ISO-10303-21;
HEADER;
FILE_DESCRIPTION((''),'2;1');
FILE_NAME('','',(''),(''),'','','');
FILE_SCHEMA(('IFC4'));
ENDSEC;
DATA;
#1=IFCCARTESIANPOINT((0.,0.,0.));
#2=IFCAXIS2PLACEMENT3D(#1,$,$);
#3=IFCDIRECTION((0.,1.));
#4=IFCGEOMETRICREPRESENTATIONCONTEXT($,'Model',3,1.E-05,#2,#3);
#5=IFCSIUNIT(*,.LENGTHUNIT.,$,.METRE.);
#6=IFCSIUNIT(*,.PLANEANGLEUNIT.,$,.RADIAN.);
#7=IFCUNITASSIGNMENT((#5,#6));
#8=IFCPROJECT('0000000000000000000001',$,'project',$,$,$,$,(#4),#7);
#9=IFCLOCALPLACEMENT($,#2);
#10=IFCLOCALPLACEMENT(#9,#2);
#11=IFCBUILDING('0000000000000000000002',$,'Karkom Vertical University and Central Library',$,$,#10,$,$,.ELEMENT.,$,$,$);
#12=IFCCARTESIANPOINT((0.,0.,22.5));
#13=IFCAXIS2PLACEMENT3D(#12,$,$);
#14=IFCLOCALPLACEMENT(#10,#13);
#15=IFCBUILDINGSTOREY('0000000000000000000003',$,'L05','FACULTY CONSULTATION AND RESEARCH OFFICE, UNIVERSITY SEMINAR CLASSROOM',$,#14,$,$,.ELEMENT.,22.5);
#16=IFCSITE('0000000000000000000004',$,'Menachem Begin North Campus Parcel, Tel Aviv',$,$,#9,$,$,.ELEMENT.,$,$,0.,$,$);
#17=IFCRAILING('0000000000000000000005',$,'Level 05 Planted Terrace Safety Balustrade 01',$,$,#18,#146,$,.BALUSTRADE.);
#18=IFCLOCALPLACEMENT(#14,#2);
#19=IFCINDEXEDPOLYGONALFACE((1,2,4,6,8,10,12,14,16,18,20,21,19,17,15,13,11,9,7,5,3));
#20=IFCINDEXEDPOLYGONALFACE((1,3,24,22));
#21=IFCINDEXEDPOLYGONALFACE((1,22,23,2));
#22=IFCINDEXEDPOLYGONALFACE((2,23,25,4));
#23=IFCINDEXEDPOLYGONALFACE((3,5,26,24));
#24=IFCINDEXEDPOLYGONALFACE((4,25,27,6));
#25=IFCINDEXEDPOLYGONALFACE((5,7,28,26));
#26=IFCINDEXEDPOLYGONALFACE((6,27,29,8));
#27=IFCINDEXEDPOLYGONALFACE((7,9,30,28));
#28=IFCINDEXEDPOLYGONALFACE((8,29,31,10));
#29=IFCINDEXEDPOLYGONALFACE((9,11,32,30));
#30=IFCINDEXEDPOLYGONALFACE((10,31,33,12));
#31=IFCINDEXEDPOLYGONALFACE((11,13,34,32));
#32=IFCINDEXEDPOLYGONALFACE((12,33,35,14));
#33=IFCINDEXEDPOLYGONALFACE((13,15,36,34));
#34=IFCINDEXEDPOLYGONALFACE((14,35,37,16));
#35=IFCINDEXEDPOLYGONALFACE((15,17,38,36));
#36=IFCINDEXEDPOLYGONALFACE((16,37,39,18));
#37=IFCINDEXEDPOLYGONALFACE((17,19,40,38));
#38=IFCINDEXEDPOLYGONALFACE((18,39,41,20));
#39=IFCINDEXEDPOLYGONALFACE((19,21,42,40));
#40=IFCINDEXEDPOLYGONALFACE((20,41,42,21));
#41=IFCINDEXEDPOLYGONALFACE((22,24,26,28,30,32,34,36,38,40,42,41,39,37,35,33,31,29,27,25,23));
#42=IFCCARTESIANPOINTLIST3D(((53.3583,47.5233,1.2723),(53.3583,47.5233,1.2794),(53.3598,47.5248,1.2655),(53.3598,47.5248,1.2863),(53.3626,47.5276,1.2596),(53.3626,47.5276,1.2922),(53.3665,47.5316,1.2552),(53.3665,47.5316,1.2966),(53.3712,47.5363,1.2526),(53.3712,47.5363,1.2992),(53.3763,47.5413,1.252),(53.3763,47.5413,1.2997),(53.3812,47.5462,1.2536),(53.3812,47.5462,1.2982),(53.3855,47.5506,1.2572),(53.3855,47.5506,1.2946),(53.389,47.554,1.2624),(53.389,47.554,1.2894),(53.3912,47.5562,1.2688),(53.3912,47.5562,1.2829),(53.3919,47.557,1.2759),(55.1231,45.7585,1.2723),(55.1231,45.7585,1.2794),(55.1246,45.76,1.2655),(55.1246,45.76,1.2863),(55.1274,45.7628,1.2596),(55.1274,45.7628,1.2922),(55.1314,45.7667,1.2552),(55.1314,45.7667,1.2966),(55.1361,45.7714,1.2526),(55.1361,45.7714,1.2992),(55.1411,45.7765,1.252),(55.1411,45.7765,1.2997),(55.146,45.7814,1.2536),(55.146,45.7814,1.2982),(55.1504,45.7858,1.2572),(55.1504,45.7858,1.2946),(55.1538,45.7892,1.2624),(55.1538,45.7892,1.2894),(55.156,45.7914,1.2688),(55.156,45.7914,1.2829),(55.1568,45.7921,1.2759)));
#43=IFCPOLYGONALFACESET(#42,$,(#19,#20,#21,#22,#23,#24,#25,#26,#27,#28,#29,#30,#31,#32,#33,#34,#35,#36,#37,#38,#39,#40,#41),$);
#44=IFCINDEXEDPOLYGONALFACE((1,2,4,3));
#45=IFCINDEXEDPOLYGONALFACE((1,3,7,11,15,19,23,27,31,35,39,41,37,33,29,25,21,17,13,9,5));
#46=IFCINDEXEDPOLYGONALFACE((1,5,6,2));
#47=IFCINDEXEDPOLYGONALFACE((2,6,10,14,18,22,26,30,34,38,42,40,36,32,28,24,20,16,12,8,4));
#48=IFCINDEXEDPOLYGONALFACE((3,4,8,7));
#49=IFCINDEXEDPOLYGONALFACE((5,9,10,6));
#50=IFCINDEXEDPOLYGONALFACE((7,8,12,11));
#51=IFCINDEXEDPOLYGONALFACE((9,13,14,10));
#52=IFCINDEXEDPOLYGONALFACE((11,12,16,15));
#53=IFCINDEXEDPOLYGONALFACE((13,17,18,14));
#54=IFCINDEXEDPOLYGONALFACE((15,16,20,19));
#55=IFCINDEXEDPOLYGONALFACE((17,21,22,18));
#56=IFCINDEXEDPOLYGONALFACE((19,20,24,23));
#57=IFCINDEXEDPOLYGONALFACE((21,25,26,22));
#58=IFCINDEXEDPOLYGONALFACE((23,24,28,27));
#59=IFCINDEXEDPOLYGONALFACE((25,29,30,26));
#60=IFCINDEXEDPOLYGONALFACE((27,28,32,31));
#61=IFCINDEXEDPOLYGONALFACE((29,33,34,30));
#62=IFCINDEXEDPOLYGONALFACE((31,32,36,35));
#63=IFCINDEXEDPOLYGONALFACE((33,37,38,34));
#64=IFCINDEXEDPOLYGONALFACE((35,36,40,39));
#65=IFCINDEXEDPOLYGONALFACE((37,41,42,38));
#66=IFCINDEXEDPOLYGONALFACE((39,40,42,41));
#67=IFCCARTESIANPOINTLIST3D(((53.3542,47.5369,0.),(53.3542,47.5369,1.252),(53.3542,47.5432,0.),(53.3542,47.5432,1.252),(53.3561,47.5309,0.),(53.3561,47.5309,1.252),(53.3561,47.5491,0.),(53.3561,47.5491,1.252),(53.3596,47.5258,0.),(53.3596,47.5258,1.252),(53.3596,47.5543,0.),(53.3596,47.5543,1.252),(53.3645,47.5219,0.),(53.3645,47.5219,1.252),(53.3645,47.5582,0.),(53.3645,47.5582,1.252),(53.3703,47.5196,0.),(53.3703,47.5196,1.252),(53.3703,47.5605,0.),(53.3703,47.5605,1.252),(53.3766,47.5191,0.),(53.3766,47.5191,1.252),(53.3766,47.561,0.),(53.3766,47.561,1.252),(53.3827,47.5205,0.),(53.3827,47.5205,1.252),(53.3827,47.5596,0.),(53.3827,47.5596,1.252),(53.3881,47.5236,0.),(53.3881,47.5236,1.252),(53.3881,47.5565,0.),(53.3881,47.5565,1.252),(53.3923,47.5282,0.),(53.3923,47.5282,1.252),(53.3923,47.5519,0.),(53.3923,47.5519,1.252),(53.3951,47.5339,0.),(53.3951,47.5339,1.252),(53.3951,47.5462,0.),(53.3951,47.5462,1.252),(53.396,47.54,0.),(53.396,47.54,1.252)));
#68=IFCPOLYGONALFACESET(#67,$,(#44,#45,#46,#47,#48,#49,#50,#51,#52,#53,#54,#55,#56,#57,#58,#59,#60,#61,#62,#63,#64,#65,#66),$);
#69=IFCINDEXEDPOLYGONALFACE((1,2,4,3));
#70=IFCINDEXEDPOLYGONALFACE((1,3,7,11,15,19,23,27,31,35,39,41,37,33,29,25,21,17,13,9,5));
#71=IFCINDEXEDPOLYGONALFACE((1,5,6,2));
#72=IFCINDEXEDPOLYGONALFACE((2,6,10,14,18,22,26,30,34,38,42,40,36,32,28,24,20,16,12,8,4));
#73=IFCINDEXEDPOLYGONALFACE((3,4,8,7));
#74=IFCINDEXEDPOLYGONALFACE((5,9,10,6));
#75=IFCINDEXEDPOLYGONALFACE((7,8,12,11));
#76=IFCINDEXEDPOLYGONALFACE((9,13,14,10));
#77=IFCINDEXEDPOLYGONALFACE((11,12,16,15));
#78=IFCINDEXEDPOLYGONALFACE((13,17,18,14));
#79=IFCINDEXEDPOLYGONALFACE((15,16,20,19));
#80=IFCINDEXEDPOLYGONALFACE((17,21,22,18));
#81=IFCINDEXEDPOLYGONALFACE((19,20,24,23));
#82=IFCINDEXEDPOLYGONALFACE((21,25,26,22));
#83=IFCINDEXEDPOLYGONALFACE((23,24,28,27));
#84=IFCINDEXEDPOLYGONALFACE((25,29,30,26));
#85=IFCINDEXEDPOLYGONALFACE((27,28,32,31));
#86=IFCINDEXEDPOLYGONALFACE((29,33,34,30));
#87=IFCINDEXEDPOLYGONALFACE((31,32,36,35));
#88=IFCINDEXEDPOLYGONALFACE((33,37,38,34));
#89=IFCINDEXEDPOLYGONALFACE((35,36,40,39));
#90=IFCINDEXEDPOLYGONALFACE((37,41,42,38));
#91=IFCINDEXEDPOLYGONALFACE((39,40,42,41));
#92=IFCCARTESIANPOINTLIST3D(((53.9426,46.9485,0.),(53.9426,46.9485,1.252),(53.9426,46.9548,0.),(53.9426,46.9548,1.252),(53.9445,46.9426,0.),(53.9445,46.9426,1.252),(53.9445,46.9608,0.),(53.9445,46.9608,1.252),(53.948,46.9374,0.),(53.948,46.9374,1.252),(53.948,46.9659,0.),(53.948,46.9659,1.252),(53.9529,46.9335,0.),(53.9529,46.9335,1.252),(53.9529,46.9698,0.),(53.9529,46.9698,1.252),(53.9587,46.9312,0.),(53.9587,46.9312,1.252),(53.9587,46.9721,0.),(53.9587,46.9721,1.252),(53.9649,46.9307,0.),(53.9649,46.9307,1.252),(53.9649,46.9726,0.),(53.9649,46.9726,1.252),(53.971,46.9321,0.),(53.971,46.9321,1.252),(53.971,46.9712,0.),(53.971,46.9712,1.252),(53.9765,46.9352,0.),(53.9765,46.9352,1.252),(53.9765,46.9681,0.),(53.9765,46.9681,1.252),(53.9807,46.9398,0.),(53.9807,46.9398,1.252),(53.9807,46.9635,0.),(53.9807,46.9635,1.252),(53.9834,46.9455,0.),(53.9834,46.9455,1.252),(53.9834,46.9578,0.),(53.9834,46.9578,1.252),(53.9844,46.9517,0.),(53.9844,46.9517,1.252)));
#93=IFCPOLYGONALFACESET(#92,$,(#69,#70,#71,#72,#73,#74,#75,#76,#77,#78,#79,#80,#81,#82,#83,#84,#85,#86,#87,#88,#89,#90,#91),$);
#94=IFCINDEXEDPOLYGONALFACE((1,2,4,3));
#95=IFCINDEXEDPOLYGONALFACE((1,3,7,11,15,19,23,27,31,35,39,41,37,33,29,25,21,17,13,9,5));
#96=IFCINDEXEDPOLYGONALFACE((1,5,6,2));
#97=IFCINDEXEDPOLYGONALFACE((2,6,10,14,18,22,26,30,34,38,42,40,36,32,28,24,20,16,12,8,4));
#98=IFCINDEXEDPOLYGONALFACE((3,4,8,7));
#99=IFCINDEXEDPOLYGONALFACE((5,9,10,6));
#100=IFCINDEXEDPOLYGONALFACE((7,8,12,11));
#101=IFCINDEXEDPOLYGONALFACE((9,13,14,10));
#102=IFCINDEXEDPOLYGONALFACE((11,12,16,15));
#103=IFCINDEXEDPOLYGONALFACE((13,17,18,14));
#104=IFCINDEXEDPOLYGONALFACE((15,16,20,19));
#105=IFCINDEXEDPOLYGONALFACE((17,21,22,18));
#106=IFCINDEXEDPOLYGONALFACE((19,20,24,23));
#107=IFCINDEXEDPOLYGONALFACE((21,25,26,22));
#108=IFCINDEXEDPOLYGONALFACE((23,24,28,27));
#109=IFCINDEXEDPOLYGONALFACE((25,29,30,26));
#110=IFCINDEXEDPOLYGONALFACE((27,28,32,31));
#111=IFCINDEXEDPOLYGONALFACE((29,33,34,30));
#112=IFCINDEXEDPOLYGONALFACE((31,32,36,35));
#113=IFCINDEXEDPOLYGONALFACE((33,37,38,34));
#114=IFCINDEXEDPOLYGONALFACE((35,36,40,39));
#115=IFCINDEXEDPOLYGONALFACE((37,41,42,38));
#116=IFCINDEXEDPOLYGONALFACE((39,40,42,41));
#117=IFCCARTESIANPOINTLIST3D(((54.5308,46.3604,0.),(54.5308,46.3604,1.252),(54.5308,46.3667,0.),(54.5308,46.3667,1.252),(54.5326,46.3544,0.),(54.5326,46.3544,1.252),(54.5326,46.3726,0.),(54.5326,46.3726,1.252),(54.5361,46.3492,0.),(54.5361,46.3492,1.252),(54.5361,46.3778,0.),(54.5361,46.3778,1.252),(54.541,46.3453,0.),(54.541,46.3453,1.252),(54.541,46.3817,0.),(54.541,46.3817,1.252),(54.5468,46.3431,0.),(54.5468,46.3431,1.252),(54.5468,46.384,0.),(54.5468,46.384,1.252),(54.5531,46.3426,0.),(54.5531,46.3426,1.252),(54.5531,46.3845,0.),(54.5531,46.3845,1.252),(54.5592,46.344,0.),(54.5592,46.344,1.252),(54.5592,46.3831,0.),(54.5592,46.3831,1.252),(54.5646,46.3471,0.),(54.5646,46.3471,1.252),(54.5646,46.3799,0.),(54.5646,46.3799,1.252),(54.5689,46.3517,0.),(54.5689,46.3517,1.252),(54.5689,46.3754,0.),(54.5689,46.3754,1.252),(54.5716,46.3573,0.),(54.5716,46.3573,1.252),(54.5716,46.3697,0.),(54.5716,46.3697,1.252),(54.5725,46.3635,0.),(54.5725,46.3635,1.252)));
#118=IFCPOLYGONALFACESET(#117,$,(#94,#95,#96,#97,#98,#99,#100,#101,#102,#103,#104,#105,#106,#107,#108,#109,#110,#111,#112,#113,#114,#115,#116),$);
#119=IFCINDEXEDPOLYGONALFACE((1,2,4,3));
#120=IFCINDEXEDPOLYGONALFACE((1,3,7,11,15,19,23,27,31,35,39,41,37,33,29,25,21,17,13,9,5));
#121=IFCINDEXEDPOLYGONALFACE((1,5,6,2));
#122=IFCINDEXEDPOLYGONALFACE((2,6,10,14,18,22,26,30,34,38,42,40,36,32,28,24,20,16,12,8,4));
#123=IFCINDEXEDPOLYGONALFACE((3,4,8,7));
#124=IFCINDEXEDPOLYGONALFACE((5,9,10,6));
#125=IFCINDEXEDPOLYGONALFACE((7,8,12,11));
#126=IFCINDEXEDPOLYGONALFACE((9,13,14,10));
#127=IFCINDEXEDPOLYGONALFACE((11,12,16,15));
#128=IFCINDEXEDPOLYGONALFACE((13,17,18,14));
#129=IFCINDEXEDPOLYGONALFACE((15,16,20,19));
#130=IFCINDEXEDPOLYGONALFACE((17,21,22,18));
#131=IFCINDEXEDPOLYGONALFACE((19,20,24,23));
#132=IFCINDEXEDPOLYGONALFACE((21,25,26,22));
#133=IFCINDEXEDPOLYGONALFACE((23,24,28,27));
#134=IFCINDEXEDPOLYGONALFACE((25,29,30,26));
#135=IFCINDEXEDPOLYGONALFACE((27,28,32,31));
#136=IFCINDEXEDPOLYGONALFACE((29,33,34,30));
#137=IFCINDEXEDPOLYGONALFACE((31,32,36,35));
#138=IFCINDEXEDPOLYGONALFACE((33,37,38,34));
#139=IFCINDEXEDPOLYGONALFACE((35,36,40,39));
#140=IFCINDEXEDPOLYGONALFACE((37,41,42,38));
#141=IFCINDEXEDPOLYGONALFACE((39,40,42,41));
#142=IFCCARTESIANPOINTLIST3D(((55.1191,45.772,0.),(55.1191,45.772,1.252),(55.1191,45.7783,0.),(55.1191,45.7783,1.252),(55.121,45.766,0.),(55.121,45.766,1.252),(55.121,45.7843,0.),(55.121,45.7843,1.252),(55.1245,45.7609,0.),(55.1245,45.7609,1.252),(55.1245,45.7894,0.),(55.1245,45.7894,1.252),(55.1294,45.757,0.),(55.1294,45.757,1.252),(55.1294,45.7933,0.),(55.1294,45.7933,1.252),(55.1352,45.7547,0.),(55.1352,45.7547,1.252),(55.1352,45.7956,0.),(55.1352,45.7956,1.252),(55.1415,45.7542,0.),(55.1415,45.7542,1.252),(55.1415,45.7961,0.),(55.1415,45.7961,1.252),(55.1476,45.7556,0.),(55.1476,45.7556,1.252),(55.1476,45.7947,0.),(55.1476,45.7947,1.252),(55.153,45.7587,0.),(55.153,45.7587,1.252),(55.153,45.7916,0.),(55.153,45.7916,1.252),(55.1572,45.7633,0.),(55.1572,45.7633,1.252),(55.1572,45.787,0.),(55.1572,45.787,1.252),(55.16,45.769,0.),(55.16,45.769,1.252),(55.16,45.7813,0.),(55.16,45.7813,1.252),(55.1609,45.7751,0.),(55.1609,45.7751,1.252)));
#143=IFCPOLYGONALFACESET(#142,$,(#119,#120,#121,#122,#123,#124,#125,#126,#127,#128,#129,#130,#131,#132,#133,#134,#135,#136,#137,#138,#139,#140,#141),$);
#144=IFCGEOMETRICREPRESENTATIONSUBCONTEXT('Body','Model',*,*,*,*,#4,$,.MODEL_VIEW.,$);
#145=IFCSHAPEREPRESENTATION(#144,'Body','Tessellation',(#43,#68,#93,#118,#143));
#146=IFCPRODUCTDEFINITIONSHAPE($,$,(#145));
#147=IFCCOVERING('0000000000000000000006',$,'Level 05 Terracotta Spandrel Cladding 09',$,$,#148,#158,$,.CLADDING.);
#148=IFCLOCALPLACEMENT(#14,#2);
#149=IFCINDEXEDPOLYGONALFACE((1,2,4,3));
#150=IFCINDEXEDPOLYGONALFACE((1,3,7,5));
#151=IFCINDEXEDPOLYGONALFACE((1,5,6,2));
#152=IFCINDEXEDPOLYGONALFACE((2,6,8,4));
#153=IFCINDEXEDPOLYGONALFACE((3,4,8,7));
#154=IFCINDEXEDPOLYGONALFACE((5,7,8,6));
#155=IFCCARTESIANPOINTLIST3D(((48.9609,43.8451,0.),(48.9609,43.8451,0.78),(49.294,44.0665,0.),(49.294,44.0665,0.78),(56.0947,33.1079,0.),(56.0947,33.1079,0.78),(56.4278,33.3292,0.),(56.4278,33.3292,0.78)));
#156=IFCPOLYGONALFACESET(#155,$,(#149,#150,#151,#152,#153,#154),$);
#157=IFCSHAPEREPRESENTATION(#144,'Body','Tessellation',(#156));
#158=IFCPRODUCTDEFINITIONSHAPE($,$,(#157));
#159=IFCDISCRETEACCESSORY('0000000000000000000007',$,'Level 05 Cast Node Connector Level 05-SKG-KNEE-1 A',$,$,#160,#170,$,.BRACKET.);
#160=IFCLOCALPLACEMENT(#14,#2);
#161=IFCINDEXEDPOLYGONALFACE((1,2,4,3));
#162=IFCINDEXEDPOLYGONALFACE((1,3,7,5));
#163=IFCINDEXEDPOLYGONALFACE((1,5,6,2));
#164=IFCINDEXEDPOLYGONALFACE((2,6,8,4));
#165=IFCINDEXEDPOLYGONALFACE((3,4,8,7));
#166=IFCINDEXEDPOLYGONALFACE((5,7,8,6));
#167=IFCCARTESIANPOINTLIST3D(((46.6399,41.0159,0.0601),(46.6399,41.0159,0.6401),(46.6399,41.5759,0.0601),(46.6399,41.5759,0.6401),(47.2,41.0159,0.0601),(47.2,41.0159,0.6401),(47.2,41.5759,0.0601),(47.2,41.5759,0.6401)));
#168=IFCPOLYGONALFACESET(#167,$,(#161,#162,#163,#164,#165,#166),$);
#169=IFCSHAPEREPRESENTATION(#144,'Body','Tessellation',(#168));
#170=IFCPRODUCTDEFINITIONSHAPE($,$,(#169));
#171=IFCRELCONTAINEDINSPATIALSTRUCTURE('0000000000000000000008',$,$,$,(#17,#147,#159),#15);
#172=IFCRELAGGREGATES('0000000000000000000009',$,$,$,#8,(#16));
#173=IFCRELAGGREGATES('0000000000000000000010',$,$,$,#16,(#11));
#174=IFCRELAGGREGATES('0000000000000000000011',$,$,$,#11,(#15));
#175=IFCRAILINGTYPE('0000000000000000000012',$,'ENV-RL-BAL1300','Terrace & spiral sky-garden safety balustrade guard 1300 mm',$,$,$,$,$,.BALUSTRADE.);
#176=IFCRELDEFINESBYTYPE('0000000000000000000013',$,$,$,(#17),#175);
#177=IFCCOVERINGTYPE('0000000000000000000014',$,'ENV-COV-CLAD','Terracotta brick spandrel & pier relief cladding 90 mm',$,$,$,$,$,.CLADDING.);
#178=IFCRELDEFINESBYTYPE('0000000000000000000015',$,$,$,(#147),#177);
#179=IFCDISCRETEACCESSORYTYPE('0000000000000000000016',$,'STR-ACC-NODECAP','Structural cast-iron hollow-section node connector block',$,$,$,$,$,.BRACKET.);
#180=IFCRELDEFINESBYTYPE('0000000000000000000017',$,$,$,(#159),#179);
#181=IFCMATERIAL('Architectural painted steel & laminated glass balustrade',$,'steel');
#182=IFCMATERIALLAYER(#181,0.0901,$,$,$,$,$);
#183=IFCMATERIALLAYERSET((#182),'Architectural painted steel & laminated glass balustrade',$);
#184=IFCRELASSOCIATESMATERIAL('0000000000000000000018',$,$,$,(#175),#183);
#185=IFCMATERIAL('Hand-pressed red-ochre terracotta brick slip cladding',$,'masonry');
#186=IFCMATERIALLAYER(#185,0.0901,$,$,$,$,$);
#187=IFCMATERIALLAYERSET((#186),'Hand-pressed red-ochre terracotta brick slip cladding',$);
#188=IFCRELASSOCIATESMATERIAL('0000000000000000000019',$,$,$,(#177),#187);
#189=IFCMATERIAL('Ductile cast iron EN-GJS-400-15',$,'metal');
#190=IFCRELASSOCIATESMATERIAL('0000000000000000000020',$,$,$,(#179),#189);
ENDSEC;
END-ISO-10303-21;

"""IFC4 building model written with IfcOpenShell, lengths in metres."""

from ifc_helpers import new_model, si_unit, direction, frame, origin, origin_with_axes, origin_2d, place, context, subcontext, project, spatial, rectangle, circle, extrude, source, transform, mapped, material, layer, layer_set, type_object, element, save


model = new_model("IFC4")

# Units and contexts
model_context = context("Model", 3, precision=1e-05, world=origin(), true_north=direction((0.0, 1.0)))
body_context = subcontext(model_context, "Body", "Model", "MODEL_VIEW")
ifc_project = project(units=[si_unit("LENGTHUNIT", "METRE"), si_unit("PLANEANGLEUNIT", "RADIAN")], contexts=[model_context])

# Site, building, storey
site_placement = place(None, origin())
site = spatial("IfcSite", under=ifc_project, at=site_placement, Name="Menachem Begin North Campus Parcel, Tel Aviv", CompositionType="ELEMENT", RefElevation=0.0)
building_placement = place(site_placement, origin())
building = spatial("IfcBuilding", under=site, at=building_placement, Name="Karkom Vertical University and Central Library", CompositionType="ELEMENT")
storey_placement = place(building_placement, frame((0.0, 0.0, 22.5)))
storey = spatial("IfcBuildingStorey", under=building, at=storey_placement, Name="L05", Description="FACULTY CONSULTATION AND RESEARCH OFFICE, UNIVERSITY SEMINAR CLASSROOM", CompositionType="ELEMENT", Elevation=22.5)

# Railing
ifc_material_1 = material(Name="Architectural painted steel & laminated glass balustrade", Category="steel")
ifc_layer_1 = layer(ifc_material_1, 0.0901)
ifc_layer_set_1 = layer_set([ifc_layer_1], Name="Architectural painted steel & laminated glass balustrade")
railing_type = type_object("IfcRailingType", Name="ENV-RL-BAL1300", Description="Terrace & spiral sky-garden safety balustrade guard 1300 mm", PredefinedType="BALUSTRADE", material=ifc_layer_set_1)
railing_1_placement = place(storey_placement, frame((53.375, 47.54, 0.0)))
element("IfcRailing", 1, at=railing_1_placement, inside=storey, type_object=railing_type, Name="Level 05 Planted Terrace Safety Balustrade 01", PredefinedType="BALUSTRADE", context=body_context, shape_type="SweptSolid", body=[
    extrude(circle(Radius=0.0239, at=origin_2d()), frame((0.0, 0.0, 1.2759), z_axis=(0.707107, -0.707107, 0.0), x_axis=(0.707107, 0.707107, 0.0)), (0.0, 0.0, 1.0), 2.4958),
    extrude(circle(Radius=0.021, at=origin_2d()), origin(), (0.0, 0.0, 1.0), 1.252),
    extrude(circle(Radius=0.021, at=origin_2d()), frame((0.5884, -0.5884, 0.0)), (0.0, 0.0, 1.0), 1.252),
    extrude(circle(Radius=0.021, at=origin_2d()), frame((1.1765, -1.1765, 0.0)), (0.0, 0.0, 1.0), 1.252),
    extrude(circle(Radius=0.021, at=origin_2d()), frame((1.7649, -1.7649, 0.0)), (0.0, 0.0, 1.0), 1.252),
])

# Covering
ifc_material_2 = material(Name="Hand-pressed red-ochre terracotta brick slip cladding", Category="masonry")
ifc_layer_2 = layer(ifc_material_2, 0.0901)
ifc_layer_set_2 = layer_set([ifc_layer_2], Name="Hand-pressed red-ochre terracotta brick slip cladding")
covering_type = type_object("IfcCoveringType", Name="ENV-COV-CLAD", Description="Terracotta brick spandrel & pier relief cladding 90 mm", PredefinedType="CLADDING", material=ifc_layer_set_2)
shared_shape_1 = source(origin_with_axes(), body_context, "Body", "SweptSolid", [
    extrude(rectangle(XDim=12.8911, YDim=0.3999, at=origin_2d()), origin(), (0.0, 0.0, 1.0), 0.78),
])
covering_placement = place(storey_placement, frame((52.6943, 38.5872, 0.0), z_axis=(0.0, 0.0, 1.0), x_axis=(-0.553392, 0.832921, 0.0)))
element("IfcCovering", 2, at=covering_placement, inside=storey, type_object=covering_type, Name="Level 05 Terracotta Spandrel Cladding 09", PredefinedType="CLADDING", context=body_context, shape_type="MappedRepresentation", body=[
    mapped(shared_shape_1, transform((0.0, 0.0, 0.0), scale=1.0)),
])

# Discrete accessory
ifc_material_3 = material(Name="Ductile cast iron EN-GJS-400-15", Category="metal")
discrete_accessory_type = type_object("IfcDiscreteAccessoryType", Name="STR-ACC-NODECAP", Description="Structural cast-iron hollow-section node connector block", PredefinedType="BRACKET", material=ifc_material_3)
shared_shape_2 = source(origin_with_axes(), body_context, "Body", "SweptSolid", [
    extrude(rectangle(XDim=0.5601, YDim=0.5601, at=origin_2d()), origin(), (0.0, 0.0, 1.0), 0.5801),
])
discrete_accessory_placement = place(storey_placement, frame((46.9199, 41.2959, 0.0601), z_axis=(0.0, 0.0, 1.0), x_axis=(1.0, 0.0, 0.0)))
element("IfcDiscreteAccessory", 3, at=discrete_accessory_placement, inside=storey, type_object=discrete_accessory_type, Name="Level 05 Cast Node Connector Level 05-SKG-KNEE-1 A", PredefinedType="BRACKET", context=body_context, shape_type="MappedRepresentation", body=[
    mapped(shared_shape_2, transform((0.0, 0.0, 0.0), scale=1.0)),
])

save(model, "model.ifc")
